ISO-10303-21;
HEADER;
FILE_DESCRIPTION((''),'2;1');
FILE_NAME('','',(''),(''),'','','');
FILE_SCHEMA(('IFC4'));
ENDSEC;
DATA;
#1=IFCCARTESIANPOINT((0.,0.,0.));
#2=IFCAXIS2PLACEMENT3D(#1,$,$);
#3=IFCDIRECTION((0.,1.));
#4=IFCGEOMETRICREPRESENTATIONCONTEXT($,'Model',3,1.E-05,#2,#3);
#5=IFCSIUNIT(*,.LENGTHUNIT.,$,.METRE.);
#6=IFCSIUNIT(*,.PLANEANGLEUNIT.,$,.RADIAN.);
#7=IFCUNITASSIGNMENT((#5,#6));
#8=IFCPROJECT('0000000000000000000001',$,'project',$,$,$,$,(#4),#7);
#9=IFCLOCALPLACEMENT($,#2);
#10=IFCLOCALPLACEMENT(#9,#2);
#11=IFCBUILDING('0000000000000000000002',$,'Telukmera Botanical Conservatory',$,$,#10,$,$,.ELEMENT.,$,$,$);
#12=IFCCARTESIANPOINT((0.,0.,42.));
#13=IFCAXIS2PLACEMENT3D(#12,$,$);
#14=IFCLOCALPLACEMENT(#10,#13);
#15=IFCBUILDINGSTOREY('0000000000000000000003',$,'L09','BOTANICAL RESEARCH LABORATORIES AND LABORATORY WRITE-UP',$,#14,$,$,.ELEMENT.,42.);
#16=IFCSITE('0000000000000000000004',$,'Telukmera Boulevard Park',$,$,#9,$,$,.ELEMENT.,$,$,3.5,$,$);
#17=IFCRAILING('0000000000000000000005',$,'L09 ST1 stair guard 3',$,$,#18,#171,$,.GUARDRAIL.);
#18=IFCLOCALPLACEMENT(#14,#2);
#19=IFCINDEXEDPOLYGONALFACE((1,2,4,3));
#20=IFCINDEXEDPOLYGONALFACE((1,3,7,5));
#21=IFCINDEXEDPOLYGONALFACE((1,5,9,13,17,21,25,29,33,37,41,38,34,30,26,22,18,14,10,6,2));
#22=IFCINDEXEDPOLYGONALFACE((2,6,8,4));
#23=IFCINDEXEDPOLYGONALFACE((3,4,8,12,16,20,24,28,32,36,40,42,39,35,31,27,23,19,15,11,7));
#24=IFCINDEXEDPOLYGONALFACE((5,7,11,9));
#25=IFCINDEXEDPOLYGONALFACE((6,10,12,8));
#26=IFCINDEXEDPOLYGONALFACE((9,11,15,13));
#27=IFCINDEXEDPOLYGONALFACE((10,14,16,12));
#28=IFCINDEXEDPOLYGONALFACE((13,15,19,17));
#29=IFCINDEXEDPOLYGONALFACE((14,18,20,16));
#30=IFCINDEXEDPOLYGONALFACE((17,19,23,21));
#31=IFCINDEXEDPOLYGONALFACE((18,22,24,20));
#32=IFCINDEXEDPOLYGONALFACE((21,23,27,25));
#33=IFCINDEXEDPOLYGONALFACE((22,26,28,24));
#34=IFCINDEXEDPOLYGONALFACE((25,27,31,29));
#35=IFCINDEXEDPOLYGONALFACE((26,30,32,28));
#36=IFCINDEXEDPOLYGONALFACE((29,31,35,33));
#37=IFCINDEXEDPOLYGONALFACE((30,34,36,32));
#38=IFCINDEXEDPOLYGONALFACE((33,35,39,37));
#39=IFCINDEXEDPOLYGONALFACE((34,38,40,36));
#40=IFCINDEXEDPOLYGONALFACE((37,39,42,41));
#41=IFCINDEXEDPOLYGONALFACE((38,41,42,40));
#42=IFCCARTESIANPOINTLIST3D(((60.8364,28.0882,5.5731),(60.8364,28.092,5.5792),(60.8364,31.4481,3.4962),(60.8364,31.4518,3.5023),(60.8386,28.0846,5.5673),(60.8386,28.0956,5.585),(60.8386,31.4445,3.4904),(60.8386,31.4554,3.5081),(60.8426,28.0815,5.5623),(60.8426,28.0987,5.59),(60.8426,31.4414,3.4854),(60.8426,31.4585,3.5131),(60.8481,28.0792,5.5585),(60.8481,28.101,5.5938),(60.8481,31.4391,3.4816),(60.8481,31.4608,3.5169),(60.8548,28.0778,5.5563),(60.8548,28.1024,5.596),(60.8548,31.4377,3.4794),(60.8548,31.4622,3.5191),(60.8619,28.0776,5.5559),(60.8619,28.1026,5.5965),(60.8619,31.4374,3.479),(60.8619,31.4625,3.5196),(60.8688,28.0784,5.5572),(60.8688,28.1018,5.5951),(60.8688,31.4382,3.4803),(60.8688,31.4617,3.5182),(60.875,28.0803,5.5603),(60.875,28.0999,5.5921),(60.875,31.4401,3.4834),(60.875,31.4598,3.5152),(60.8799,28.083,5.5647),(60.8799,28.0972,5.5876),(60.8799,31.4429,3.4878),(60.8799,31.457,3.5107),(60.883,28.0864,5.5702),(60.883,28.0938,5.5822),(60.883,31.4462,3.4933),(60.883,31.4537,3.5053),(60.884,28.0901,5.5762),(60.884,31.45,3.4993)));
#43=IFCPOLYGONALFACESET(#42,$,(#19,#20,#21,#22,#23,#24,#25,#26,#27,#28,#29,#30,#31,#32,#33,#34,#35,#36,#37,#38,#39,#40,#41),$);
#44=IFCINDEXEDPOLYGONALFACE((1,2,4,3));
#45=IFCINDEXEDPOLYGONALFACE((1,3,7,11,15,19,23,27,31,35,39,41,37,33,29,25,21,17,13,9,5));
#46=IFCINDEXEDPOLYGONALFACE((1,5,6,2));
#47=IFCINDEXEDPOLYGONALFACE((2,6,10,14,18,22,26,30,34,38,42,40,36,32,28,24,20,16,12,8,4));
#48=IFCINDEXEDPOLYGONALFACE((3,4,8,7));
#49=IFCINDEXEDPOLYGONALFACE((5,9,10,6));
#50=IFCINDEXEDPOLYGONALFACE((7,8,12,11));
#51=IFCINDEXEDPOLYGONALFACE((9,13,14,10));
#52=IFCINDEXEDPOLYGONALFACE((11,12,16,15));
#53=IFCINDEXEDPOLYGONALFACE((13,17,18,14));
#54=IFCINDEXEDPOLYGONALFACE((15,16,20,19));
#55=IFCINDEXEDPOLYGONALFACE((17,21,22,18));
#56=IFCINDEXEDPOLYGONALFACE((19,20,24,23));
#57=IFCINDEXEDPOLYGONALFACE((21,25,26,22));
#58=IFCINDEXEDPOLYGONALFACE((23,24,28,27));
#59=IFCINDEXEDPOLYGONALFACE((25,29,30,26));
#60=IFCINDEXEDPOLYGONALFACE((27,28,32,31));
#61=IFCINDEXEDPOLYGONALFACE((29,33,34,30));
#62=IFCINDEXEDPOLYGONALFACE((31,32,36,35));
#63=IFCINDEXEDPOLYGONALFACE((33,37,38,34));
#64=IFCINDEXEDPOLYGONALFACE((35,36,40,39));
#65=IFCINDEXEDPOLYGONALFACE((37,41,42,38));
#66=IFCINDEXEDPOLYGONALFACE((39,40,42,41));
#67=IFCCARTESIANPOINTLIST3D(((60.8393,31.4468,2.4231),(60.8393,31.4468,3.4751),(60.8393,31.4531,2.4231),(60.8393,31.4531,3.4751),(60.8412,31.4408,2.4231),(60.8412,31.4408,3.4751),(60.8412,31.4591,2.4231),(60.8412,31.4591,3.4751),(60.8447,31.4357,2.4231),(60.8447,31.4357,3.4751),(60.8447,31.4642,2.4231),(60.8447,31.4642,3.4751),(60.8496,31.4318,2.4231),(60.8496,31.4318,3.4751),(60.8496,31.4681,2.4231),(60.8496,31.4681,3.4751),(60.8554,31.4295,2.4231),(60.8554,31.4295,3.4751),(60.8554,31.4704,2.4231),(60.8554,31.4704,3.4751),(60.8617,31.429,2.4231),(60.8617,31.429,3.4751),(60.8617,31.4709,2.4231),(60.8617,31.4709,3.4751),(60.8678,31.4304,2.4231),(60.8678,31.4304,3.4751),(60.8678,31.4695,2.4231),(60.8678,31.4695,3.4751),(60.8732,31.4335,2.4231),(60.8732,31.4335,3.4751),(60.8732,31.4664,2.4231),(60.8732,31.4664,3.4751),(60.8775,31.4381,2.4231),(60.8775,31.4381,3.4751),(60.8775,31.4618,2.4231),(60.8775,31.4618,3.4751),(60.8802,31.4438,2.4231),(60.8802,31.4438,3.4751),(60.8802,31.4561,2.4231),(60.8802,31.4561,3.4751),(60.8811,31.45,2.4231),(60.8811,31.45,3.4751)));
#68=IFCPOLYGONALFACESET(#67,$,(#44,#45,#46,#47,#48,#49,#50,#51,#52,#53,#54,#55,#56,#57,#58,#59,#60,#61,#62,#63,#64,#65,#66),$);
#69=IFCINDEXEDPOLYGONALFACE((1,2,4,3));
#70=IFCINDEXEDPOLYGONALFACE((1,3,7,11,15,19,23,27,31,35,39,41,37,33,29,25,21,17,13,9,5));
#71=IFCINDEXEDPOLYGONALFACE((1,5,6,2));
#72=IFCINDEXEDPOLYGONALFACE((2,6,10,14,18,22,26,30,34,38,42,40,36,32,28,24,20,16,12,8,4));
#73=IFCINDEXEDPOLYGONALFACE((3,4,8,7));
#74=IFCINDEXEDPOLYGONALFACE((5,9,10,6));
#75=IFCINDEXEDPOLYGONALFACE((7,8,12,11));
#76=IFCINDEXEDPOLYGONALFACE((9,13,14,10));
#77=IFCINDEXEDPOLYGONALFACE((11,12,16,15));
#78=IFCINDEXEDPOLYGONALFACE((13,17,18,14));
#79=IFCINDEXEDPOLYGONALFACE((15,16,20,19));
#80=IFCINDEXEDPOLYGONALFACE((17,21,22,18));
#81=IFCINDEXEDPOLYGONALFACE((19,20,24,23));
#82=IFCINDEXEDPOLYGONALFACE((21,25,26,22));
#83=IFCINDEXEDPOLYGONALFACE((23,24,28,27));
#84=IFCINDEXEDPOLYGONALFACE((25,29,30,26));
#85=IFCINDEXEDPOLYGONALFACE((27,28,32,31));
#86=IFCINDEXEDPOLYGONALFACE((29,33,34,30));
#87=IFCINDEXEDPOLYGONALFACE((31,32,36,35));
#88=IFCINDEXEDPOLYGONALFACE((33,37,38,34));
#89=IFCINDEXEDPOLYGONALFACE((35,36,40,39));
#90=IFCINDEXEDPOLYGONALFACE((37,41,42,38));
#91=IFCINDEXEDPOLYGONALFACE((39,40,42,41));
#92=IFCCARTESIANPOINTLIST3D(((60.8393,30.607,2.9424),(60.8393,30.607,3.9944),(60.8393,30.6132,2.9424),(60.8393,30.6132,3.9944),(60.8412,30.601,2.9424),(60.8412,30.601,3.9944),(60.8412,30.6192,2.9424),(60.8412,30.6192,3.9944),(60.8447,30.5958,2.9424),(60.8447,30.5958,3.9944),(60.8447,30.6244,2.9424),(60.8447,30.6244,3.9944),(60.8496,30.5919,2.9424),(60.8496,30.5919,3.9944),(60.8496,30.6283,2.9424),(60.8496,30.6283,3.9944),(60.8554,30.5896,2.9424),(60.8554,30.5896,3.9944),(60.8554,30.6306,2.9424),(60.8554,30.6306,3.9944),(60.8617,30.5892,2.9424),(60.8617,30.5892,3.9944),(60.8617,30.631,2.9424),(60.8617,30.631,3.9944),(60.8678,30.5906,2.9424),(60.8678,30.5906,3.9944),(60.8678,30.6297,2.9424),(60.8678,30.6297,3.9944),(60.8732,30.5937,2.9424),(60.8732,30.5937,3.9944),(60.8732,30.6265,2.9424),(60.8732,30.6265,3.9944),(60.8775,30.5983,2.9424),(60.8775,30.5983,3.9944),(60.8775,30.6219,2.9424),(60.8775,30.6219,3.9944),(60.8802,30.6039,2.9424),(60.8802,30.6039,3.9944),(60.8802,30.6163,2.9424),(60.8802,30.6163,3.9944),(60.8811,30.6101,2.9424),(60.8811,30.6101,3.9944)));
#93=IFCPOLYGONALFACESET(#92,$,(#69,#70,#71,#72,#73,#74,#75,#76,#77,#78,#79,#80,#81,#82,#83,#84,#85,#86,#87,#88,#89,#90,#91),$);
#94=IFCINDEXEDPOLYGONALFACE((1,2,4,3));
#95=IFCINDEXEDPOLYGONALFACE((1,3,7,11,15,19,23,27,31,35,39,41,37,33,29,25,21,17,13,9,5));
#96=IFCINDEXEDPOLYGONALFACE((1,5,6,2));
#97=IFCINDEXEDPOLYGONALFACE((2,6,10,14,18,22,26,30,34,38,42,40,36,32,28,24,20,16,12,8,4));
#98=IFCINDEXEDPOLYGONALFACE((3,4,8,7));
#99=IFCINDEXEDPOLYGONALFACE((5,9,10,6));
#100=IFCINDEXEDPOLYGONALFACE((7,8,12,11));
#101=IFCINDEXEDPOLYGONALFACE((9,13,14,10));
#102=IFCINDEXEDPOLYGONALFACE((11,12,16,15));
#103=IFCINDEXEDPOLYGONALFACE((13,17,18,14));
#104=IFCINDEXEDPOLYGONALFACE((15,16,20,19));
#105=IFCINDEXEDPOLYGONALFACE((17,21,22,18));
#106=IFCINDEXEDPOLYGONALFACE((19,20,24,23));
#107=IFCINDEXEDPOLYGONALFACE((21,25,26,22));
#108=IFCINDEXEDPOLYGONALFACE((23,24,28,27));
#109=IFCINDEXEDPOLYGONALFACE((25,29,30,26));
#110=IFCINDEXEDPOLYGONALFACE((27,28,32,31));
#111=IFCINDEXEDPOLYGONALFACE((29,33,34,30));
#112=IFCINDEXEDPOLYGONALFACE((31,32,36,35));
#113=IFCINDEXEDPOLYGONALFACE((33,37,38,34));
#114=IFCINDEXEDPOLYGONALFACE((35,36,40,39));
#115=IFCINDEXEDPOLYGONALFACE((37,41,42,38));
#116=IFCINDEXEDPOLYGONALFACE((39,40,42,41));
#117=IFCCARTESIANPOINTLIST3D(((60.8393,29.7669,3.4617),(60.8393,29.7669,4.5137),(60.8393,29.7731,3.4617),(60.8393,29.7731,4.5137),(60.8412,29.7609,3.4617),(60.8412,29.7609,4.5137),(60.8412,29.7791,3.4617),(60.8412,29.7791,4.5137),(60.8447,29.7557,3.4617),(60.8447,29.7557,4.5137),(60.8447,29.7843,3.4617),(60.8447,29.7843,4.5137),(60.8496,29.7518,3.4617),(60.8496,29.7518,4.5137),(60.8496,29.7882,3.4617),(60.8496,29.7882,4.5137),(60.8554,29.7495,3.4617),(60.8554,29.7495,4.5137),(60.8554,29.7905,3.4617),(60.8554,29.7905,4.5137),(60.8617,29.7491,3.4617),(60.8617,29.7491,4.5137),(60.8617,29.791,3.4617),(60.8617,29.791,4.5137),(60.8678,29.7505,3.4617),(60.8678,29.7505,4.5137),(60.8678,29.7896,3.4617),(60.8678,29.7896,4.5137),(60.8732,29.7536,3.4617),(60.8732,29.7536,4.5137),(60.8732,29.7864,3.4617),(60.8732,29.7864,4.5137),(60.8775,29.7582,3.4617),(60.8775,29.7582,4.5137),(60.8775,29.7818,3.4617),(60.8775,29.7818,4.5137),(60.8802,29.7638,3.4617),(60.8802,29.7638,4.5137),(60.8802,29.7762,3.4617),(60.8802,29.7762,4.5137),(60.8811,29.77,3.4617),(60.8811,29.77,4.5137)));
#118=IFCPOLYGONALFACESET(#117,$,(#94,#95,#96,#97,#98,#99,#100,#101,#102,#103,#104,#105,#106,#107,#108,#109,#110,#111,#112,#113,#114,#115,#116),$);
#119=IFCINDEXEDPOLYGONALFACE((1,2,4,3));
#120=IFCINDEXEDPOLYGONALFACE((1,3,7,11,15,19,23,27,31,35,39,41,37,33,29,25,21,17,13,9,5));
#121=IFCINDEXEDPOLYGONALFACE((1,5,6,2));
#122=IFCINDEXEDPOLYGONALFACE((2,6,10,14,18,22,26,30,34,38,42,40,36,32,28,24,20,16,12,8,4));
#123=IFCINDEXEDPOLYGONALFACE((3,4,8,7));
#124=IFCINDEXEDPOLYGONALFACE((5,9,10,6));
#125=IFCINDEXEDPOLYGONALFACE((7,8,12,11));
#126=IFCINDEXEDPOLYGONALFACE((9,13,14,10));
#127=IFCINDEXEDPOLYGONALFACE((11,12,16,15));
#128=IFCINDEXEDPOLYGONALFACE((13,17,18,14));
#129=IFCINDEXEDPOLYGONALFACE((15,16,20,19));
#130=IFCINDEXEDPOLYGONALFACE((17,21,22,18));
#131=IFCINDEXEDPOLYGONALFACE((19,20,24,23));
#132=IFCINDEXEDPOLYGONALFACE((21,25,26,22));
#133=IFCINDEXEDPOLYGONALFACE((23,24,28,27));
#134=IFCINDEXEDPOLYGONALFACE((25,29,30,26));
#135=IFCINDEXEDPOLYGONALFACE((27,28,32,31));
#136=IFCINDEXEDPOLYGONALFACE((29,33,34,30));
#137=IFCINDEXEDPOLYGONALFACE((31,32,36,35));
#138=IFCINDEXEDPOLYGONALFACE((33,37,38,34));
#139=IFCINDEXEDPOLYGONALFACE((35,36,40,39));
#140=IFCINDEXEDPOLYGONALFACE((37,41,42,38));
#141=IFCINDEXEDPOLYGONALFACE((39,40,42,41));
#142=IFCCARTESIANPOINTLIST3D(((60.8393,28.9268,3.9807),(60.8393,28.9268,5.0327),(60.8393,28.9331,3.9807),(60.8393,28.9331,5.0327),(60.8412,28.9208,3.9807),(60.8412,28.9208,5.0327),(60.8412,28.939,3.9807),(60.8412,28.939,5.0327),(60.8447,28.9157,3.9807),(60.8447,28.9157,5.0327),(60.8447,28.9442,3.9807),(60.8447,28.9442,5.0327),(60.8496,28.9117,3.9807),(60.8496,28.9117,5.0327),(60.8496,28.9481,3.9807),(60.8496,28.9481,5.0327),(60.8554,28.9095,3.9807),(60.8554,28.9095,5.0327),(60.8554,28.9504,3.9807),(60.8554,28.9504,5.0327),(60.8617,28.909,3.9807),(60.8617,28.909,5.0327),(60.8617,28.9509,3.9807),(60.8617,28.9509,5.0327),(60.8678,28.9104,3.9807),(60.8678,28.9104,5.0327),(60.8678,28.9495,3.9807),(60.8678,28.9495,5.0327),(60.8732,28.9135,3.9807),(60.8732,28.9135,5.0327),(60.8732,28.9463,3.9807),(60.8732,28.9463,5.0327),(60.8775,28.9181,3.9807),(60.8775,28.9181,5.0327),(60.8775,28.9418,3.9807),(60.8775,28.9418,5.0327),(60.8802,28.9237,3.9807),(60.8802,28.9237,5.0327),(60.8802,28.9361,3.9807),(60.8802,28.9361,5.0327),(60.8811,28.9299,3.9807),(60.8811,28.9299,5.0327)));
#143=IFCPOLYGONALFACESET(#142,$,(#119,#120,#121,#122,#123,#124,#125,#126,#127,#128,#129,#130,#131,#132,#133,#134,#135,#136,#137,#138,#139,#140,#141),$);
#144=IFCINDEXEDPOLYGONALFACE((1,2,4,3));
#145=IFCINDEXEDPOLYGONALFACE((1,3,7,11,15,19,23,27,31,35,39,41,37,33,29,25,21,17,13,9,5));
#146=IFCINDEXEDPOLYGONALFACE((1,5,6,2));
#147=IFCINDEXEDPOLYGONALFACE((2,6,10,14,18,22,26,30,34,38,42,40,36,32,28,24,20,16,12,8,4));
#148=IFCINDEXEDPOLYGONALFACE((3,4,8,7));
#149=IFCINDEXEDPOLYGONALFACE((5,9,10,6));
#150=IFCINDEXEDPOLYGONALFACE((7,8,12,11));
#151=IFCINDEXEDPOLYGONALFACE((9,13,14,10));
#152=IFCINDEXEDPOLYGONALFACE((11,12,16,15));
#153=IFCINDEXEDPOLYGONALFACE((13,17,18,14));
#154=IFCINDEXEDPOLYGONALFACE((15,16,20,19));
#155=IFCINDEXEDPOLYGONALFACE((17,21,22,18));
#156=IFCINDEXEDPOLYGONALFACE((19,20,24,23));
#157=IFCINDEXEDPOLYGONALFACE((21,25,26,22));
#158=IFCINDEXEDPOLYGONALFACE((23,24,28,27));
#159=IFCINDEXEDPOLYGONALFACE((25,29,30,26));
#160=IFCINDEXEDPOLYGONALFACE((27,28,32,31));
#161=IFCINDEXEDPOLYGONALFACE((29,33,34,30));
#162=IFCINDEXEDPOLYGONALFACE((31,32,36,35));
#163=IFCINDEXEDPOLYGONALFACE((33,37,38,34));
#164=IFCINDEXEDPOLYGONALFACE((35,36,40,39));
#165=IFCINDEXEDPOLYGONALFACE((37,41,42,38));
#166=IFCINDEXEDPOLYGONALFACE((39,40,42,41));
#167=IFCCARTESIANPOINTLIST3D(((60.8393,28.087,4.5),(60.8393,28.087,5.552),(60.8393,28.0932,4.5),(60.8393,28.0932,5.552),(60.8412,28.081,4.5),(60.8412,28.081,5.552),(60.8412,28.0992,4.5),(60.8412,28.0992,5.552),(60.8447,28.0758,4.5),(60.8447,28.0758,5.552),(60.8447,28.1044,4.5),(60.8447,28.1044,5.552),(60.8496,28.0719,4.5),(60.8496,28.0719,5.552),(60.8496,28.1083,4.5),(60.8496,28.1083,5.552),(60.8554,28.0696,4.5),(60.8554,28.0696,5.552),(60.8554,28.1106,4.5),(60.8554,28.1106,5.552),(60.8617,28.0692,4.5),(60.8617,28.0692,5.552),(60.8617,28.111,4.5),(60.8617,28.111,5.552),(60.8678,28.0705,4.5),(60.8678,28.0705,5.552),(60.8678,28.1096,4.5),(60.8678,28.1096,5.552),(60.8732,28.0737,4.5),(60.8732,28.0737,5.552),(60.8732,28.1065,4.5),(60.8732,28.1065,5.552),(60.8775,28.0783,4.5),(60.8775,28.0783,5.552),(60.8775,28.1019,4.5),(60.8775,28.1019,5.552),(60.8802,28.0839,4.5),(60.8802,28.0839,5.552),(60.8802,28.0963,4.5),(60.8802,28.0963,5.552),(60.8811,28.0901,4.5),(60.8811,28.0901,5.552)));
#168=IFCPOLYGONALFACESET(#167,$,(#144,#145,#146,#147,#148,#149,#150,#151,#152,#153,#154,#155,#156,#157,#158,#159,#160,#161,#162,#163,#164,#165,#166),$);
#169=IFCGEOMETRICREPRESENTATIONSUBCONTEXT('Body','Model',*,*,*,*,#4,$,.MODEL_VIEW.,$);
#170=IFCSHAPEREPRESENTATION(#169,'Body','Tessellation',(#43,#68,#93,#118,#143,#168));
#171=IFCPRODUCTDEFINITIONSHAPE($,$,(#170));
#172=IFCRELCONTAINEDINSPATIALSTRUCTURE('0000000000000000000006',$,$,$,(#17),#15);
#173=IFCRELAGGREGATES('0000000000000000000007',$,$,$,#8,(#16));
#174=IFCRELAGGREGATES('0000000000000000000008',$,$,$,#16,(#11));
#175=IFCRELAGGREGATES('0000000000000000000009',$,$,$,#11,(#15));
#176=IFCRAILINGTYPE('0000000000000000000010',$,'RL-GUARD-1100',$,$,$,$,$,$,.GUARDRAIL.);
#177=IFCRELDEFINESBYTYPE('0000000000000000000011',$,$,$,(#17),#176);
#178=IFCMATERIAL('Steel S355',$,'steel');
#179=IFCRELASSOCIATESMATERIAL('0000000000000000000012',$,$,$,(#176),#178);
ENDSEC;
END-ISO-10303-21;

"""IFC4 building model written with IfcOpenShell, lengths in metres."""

from ifc_helpers import new_model, si_unit, direction, frame, origin, origin_2d, place, context, subcontext, project, spatial, circle, extrude, material, type_object, element, save


model = new_model("IFC4")

# Units and contexts
model_context = context("Model", 3, precision=1e-05, world=origin(), true_north=direction((0.0, 1.0)))
body_context = subcontext(model_context, "Body", "Model", "MODEL_VIEW")
ifc_project = project(units=[si_unit("LENGTHUNIT", "METRE"), si_unit("PLANEANGLEUNIT", "RADIAN")], contexts=[model_context])

# Site, building, storey
site_placement = place(None, origin())
site = spatial("IfcSite", under=ifc_project, at=site_placement, Name="Telukmera Boulevard Park", CompositionType="ELEMENT", RefElevation=3.5)
building_placement = place(site_placement, origin())
building = spatial("IfcBuilding", under=site, at=building_placement, Name="Telukmera Botanical Conservatory", CompositionType="ELEMENT")
storey_placement = place(building_placement, frame((0.0, 0.0, 42.0)))
storey = spatial("IfcBuildingStorey", under=building, at=storey_placement, Name="L09", Description="BOTANICAL RESEARCH LABORATORIES AND LABORATORY WRITE-UP", CompositionType="ELEMENT", Elevation=42.0)

# Railing
ifc_material_1 = material(Name="Steel S355", Category="steel")
railing_type_1 = type_object("IfcRailingType", Name="RL-GUARD-1100", PredefinedType="GUARDRAIL", material=ifc_material_1)
railing_1_placement = place(storey_placement, frame((60.8601, 31.45, 2.4231)))
element("IfcRailing", 1, at=railing_1_placement, inside=storey, type_object=railing_type_1, Name="L09 ST1 stair guard 3", PredefinedType="GUARDRAIL", context=body_context, shape_type="SweptSolid", body=[
    extrude(circle(Radius=0.0239, at=origin_2d()), frame((0.0, 0.0, 1.0762), z_axis=(0.0, -0.850606, 0.525803), x_axis=(1.0, 0.0, 0.0)), (0.0, 0.0, 1.0), 3.95),
    extrude(circle(Radius=0.021, at=origin_2d()), origin(), (0.0, 0.0, 1.0), 1.052),
    extrude(circle(Radius=0.021, at=origin_2d()), frame((0.0, -0.8398, 0.5193)), (0.0, 0.0, 1.0), 1.052),
    extrude(circle(Radius=0.021, at=origin_2d()), frame((0.0, -1.6799, 1.0386)), (0.0, 0.0, 1.0), 1.052),
    extrude(circle(Radius=0.021, at=origin_2d()), frame((0.0, -2.52, 1.5576)), (0.0, 0.0, 1.0), 1.052),
    extrude(circle(Radius=0.021, at=origin_2d()), frame((0.0, -3.3599, 2.0769)), (0.0, 0.0, 1.0), 1.052),
])

save(model, "model.ifc")
